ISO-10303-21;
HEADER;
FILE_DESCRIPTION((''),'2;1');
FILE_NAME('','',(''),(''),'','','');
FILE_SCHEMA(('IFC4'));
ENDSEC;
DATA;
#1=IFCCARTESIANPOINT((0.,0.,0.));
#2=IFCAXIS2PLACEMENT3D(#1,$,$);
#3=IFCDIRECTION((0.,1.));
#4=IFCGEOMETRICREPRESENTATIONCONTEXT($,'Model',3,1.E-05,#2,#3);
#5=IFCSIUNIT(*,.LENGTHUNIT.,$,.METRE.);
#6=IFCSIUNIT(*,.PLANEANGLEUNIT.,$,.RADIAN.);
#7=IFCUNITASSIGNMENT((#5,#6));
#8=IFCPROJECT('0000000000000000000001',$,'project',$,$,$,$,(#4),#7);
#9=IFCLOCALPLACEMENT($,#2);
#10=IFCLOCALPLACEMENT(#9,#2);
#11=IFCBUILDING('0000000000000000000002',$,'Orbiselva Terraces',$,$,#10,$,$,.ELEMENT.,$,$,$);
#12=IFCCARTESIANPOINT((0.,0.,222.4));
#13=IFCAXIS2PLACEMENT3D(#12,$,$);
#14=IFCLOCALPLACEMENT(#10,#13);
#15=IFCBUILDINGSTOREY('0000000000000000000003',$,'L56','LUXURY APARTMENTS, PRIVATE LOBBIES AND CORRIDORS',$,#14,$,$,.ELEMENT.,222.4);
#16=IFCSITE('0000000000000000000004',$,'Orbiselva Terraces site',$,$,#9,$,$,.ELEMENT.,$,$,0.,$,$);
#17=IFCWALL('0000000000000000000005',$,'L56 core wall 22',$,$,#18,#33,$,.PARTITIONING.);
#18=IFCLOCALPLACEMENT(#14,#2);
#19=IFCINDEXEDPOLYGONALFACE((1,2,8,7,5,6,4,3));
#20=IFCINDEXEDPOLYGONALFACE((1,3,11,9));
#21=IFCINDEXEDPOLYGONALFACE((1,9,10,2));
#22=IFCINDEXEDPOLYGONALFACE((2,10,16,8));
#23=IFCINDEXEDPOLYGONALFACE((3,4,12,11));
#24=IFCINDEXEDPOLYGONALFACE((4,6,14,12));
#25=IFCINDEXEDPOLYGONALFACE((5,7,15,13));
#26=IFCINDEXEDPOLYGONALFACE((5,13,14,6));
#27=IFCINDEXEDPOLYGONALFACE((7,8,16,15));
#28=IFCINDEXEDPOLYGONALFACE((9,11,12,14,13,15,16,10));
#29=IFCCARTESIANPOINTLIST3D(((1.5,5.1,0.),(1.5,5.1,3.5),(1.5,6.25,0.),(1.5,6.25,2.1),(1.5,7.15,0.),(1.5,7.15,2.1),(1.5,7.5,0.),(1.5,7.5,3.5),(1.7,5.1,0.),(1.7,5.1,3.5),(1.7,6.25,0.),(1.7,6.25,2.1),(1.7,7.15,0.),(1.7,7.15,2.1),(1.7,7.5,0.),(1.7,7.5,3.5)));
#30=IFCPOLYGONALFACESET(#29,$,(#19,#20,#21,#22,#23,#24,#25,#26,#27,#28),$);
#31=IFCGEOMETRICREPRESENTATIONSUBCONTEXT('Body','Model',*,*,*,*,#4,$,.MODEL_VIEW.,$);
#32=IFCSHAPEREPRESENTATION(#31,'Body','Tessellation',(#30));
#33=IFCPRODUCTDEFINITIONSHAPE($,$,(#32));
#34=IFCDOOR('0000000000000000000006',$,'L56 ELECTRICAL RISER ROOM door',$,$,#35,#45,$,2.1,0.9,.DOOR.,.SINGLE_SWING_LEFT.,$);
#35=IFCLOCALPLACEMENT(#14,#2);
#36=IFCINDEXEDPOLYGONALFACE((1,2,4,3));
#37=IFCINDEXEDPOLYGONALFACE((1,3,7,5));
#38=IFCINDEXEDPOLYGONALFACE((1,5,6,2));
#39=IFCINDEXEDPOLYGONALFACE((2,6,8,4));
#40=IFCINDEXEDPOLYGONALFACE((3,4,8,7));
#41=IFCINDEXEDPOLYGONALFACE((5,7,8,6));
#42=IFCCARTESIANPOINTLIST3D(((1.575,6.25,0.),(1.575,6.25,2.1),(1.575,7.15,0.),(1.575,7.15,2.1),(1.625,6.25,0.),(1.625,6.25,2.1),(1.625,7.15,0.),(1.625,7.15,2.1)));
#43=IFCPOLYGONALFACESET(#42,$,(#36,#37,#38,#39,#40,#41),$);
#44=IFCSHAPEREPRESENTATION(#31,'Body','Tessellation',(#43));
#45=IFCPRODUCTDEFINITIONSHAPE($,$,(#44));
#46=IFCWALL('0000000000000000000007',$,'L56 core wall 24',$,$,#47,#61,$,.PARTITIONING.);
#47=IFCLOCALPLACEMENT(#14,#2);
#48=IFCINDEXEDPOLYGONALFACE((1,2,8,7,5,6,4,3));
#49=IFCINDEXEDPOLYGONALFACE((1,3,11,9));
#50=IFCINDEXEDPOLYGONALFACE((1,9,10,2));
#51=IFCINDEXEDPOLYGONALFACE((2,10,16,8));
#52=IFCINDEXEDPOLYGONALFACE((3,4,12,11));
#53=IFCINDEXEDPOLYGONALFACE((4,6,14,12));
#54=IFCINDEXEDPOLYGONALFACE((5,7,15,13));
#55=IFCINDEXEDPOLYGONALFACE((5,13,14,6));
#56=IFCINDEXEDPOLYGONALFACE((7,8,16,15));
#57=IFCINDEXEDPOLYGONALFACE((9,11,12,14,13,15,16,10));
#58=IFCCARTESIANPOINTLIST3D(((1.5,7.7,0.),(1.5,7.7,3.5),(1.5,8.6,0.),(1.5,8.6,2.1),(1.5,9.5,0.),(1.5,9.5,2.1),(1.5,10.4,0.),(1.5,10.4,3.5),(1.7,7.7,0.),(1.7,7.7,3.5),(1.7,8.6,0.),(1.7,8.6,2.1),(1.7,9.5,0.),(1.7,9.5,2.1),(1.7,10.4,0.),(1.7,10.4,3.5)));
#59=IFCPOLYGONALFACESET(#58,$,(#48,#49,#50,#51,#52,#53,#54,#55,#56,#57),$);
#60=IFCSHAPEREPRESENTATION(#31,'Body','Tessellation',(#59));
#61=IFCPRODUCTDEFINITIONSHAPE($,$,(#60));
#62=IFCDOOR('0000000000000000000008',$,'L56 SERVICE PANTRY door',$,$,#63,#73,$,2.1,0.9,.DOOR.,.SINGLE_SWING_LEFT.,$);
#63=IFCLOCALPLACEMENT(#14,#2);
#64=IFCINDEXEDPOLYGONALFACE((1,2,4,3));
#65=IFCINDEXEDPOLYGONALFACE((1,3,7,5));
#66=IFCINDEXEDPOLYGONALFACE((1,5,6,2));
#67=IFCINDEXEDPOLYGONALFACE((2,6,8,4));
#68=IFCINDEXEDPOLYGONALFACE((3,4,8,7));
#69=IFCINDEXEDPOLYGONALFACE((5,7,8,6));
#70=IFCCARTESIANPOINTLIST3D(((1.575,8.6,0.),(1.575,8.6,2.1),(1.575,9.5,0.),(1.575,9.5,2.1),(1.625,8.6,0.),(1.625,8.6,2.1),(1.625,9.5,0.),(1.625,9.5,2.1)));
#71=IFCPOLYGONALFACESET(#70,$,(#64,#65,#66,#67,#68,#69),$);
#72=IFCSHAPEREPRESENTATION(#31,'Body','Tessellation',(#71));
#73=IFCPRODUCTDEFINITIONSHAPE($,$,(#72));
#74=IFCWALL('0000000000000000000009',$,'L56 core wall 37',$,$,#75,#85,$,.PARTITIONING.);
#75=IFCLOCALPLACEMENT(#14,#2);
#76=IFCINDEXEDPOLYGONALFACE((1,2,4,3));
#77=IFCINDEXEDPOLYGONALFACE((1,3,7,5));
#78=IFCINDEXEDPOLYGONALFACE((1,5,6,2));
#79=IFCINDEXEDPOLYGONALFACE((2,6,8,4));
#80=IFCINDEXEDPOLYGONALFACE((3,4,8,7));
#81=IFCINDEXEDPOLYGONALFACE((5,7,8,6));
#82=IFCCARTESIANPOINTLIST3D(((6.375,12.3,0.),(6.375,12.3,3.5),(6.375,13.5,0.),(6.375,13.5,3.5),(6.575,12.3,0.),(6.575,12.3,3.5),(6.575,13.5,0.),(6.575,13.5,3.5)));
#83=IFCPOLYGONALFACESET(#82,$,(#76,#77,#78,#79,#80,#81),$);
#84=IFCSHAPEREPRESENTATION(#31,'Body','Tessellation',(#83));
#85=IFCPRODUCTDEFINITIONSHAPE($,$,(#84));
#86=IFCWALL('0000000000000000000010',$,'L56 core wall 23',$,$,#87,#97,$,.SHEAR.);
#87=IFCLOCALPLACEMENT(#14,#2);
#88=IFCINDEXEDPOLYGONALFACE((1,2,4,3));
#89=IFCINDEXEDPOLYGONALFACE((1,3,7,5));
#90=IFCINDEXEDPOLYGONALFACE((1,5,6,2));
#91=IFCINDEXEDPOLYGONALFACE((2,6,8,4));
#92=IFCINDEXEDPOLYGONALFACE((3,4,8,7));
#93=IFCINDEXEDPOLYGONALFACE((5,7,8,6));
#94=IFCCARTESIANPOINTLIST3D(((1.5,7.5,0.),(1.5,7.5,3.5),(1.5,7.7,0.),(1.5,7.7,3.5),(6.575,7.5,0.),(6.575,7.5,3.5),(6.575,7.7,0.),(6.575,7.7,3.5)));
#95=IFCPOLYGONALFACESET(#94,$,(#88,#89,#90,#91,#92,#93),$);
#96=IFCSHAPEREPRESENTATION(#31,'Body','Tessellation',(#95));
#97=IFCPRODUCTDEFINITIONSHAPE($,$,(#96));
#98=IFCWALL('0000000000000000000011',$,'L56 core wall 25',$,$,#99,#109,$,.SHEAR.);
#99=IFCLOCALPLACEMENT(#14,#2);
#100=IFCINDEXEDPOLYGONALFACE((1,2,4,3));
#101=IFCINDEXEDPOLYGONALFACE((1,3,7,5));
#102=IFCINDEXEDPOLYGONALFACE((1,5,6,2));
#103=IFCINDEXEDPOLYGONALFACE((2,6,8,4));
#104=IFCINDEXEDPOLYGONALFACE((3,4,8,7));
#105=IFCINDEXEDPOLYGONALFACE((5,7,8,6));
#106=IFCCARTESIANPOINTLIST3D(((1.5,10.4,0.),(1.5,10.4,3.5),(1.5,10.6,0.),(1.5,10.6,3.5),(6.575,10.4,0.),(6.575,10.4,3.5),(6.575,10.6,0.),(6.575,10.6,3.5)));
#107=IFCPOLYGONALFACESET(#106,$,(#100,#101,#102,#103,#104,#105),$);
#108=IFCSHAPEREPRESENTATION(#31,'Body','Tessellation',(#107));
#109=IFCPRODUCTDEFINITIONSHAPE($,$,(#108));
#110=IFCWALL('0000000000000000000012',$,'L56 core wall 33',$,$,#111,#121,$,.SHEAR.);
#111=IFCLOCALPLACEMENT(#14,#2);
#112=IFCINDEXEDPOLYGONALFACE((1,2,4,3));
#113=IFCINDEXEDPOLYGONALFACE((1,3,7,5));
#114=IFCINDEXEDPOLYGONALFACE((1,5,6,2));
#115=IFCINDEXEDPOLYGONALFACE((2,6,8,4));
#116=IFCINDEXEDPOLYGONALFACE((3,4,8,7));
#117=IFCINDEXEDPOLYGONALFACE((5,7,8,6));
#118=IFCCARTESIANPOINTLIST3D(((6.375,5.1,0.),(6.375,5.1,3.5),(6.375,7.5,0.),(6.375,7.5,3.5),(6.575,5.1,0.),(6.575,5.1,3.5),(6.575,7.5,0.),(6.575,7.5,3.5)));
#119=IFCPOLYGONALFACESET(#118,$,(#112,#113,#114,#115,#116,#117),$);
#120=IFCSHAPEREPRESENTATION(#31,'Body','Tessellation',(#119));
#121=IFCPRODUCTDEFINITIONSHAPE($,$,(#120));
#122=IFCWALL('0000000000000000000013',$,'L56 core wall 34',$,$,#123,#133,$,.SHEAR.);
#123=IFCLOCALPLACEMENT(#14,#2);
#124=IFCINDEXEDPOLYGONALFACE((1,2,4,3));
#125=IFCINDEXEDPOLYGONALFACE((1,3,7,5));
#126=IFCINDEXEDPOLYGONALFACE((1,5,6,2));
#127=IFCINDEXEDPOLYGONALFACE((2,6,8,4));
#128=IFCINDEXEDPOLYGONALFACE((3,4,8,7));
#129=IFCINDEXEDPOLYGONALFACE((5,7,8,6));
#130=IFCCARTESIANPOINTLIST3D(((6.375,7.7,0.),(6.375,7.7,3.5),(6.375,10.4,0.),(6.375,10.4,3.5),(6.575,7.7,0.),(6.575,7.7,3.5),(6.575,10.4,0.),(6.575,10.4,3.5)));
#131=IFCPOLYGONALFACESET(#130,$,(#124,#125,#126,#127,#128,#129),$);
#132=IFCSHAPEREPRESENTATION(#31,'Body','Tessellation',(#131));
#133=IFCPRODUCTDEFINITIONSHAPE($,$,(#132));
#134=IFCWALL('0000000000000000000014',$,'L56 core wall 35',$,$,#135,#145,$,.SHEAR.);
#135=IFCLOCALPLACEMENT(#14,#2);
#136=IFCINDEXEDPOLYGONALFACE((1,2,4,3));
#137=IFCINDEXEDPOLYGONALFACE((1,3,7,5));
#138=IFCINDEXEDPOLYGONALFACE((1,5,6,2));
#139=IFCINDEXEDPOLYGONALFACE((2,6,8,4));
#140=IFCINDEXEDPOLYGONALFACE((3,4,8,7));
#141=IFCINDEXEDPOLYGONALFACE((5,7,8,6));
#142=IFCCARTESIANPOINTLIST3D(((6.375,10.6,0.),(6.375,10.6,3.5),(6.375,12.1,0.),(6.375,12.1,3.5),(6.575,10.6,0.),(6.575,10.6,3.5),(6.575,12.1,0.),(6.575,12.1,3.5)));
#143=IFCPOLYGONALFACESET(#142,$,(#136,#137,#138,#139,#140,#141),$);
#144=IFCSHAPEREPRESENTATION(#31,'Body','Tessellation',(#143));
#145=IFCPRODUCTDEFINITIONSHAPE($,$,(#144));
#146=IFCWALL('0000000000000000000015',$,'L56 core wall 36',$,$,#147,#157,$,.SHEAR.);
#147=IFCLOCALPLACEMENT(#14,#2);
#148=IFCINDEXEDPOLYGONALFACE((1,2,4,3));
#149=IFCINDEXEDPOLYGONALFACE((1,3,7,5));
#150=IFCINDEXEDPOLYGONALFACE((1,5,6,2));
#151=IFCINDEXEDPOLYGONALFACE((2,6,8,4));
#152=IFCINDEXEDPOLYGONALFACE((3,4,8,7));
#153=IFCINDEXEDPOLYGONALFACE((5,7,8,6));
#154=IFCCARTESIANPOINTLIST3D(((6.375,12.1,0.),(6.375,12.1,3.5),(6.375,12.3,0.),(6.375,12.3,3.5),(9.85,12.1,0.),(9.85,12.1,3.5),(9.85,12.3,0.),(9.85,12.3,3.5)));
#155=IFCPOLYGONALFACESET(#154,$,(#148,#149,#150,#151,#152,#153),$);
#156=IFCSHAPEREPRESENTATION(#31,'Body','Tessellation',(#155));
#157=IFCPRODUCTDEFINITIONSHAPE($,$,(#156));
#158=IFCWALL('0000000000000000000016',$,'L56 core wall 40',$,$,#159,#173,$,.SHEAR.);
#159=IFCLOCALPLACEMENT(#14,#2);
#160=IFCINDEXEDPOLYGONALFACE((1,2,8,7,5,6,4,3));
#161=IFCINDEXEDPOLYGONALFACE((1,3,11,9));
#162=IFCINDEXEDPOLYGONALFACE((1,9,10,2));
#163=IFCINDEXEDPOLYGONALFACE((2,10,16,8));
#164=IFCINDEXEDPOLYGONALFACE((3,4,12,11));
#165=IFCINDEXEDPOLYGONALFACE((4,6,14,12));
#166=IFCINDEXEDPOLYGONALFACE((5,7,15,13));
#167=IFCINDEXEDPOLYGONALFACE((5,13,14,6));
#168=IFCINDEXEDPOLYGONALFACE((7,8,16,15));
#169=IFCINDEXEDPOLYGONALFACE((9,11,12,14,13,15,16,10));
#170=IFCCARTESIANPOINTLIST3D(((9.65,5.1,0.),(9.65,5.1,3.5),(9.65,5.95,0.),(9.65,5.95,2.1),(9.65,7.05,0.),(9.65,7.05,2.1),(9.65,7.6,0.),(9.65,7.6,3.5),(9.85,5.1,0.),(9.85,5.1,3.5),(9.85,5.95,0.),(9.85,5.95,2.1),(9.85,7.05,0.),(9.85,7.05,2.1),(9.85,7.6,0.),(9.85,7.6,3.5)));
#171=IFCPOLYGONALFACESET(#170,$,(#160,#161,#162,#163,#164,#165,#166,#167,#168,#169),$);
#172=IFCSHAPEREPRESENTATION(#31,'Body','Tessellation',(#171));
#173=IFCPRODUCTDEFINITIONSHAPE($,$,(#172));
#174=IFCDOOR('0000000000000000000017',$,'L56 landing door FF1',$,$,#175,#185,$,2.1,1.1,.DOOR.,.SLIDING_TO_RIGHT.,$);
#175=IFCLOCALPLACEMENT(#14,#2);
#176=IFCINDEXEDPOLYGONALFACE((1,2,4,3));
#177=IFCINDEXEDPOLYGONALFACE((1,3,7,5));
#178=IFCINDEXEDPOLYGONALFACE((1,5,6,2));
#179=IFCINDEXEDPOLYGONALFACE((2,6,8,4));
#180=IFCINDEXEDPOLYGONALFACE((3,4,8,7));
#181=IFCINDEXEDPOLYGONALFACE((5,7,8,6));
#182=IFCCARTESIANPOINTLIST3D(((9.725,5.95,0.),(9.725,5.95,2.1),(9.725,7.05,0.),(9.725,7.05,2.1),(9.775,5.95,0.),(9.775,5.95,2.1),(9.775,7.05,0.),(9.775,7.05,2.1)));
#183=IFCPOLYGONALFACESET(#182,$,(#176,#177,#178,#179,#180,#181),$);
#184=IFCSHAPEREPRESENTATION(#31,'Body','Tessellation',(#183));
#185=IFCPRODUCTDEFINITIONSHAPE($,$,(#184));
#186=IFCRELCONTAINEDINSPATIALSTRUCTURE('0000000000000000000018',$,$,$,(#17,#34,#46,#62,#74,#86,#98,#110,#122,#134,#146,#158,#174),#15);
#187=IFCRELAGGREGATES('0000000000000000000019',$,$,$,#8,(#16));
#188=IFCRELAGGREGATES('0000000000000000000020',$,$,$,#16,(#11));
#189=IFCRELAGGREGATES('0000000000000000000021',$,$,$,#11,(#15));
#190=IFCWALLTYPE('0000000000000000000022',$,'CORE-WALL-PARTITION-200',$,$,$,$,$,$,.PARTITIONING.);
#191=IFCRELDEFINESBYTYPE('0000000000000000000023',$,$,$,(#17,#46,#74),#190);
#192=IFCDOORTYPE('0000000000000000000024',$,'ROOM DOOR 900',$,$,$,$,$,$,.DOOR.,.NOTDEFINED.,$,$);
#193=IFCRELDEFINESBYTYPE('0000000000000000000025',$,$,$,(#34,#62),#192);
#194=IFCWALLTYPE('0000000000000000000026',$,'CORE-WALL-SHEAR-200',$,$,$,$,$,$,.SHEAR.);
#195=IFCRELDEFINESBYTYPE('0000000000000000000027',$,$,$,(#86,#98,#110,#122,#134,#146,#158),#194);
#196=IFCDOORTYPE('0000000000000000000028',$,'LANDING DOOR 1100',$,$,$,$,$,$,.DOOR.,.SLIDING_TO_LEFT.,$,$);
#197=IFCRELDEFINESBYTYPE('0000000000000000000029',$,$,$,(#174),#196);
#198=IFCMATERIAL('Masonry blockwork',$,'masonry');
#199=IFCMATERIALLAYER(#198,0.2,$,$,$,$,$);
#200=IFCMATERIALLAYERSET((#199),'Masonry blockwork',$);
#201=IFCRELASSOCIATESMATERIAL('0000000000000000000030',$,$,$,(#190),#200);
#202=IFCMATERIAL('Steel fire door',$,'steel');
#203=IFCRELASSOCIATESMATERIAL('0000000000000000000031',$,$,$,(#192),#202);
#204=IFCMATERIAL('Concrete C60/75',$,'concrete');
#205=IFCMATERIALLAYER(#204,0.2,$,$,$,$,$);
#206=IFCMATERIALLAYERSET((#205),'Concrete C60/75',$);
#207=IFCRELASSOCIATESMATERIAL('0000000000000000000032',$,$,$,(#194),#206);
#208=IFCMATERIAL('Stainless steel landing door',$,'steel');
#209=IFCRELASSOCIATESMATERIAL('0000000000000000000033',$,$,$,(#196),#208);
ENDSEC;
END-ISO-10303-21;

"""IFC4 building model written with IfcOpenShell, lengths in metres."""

from ifc_helpers import new_model, si_unit, direction, frame, frame_2d, origin, place, context, subcontext, project, spatial, rectangle, extrude, material, layer, layer_set, type_object, element, fill, save


model = new_model("IFC4")

# Units and contexts
model_context = context("Model", 3, precision=1e-05, world=origin(), true_north=direction((0.0, 1.0)))
body_context = subcontext(model_context, "Body", "Model", "MODEL_VIEW")
ifc_project = project(units=[si_unit("LENGTHUNIT", "METRE"), si_unit("PLANEANGLEUNIT", "RADIAN")], contexts=[model_context])

# Site, building, storey
site_placement = place(None, origin())
site = spatial("IfcSite", under=ifc_project, at=site_placement, Name="Orbiselva Terraces site", CompositionType="ELEMENT", RefElevation=0.0)
building_placement = place(site_placement, origin())
building = spatial("IfcBuilding", under=site, at=building_placement, Name="Orbiselva Terraces", CompositionType="ELEMENT")
storey_placement = place(building_placement, frame((0.0, 0.0, 222.4)))
storey = spatial("IfcBuildingStorey", under=building, at=storey_placement, Name="L56", Description="LUXURY APARTMENTS, PRIVATE LOBBIES AND CORRIDORS", CompositionType="ELEMENT", Elevation=222.4)

# Walls, openings, doors
ifc_material_1 = material(Name="Masonry blockwork", Category="masonry")
ifc_layer_1 = layer(ifc_material_1, 0.2)
ifc_layer_set_1 = layer_set([ifc_layer_1], Name="Masonry blockwork")
wall_type_1 = type_object("IfcWallType", Name="CORE-WALL-PARTITION-200", PredefinedType="PARTITIONING", material=ifc_layer_set_1)
wall_1_placement = place(storey_placement, frame((1.6, 7.5, 0.0), z_axis=(0.0, 0.0, 1.0), x_axis=(0.0, -1.0, 0.0)))
wall_1 = element("IfcWall", 1, at=wall_1_placement, inside=storey, type_object=wall_type_1, Name="L56 core wall 22", PredefinedType="PARTITIONING", context=body_context, shape_type="SweptSolid", body=[
    extrude(rectangle(XDim=2.4, YDim=0.2, at=frame_2d((1.2, 0.0))), origin(), (0.0, 0.0, 1.0), 3.5),
])
opening_1_placement = place(wall_1_placement, frame((0.35, 0.0, 0.0)))
opening_1 = element("IfcOpeningElement", 2, at=opening_1_placement, cuts=wall_1, PredefinedType="OPENING", context=body_context, shape_type="SweptSolid", body=[
    extrude(rectangle(XDim=0.9, YDim=2.1, at=frame_2d((0.45, 1.05))), frame((0.0, 0.11, 0.0), z_axis=(0.0, -1.0, 0.0), x_axis=(1.0, 0.0, 0.0)), (0.0, 0.0, 1.0), 0.22),
])
ifc_material_2 = material(Name="Steel fire door", Category="steel")
door_type_1 = type_object("IfcDoorType", Name="ROOM DOOR 900", OperationType="NOTDEFINED", PredefinedType="DOOR", material=ifc_material_2)
door_1_placement = place(opening_1_placement, origin())
door_1 = element("IfcDoor", 3, at=door_1_placement, inside=storey, type_object=door_type_1, Name="L56 ELECTRICAL RISER ROOM door", OperationType="SINGLE_SWING_LEFT", OverallHeight=2.1, OverallWidth=0.9, PredefinedType="DOOR", context=body_context, shape_type="SweptSolid", body=[
    extrude(rectangle(XDim=0.9, YDim=2.1, at=frame_2d((0.45, 1.05))), frame((0.0, 0.025, 0.0), z_axis=(0.0, -1.0, 0.0), x_axis=(1.0, 0.0, 0.0)), (0.0, 0.0, 1.0), 0.05),
])
fill(opening_1, door_1)
wall_2_placement = place(storey_placement, frame((1.6, 10.4, 0.0), z_axis=(0.0, 0.0, 1.0), x_axis=(0.0, -1.0, 0.0)))
wall_2 = element("IfcWall", 4, at=wall_2_placement, inside=storey, type_object=wall_type_1, Name="L56 core wall 24", PredefinedType="PARTITIONING", context=body_context, shape_type="SweptSolid", body=[
    extrude(rectangle(XDim=2.7, YDim=0.2, at=frame_2d((1.35, 0.0))), origin(), (0.0, 0.0, 1.0), 3.5),
])
opening_2_placement = place(wall_2_placement, frame((0.9, 0.0, 0.0)))
opening_2 = element("IfcOpeningElement", 5, at=opening_2_placement, cuts=wall_2, PredefinedType="OPENING", context=body_context, shape_type="SweptSolid", body=[
    extrude(rectangle(XDim=0.9, YDim=2.1, at=frame_2d((0.45, 1.05))), frame((0.0, 0.11, 0.0), z_axis=(0.0, -1.0, 0.0), x_axis=(1.0, 0.0, 0.0)), (0.0, 0.0, 1.0), 0.22),
])
door_2_placement = place(opening_2_placement, origin())
door_2 = element("IfcDoor", 6, at=door_2_placement, inside=storey, type_object=door_type_1, Name="L56 SERVICE PANTRY door", OperationType="SINGLE_SWING_LEFT", OverallHeight=2.1, OverallWidth=0.9, PredefinedType="DOOR", context=body_context, shape_type="SweptSolid", body=[
    extrude(rectangle(XDim=0.9, YDim=2.1, at=frame_2d((0.45, 1.05))), frame((0.0, 0.025, 0.0), z_axis=(0.0, -1.0, 0.0), x_axis=(1.0, 0.0, 0.0)), (0.0, 0.0, 1.0), 0.05),
])
fill(opening_2, door_2)

# Walls
wall_3_placement = place(storey_placement, frame((6.475, 12.3, 0.0), z_axis=(0.0, 0.0, 1.0), x_axis=(0.0, 1.0, 0.0)))
element("IfcWall", 7, at=wall_3_placement, inside=storey, type_object=wall_type_1, Name="L56 core wall 37", PredefinedType="PARTITIONING", context=body_context, shape_type="SweptSolid", body=[
    extrude(rectangle(XDim=1.2, YDim=0.2, at=frame_2d((0.6, 0.0))), origin(), (0.0, 0.0, 1.0), 3.5),
])
ifc_material_3 = material(Name="Concrete C60/75", Category="concrete")
ifc_layer_2 = layer(ifc_material_3, 0.2)
ifc_layer_set_2 = layer_set([ifc_layer_2], Name="Concrete C60/75")
wall_type_2 = type_object("IfcWallType", Name="CORE-WALL-SHEAR-200", PredefinedType="SHEAR", material=ifc_layer_set_2)
for number, where, z_axis, x_axis, name in (
    (8, (1.5, 7.6, 0.0), (0.0, 0.0, 1.0), (1.0, 0.0, 0.0), "L56 core wall 23"),
    (9, (1.5, 10.5, 0.0), (0.0, 0.0, 1.0), (1.0, 0.0, 0.0), "L56 core wall 25"),
):
    element("IfcWall", number, at=place(storey_placement, frame(where, z_axis=z_axis, x_axis=x_axis)), inside=storey, type_object=wall_type_2, Name=name, PredefinedType="SHEAR", context=body_context, shape_type="SweptSolid", body=[
        extrude(rectangle(XDim=5.075, YDim=0.2, at=frame_2d((2.5375, 0.0))), origin(), (0.0, 0.0, 1.0), 3.5),
    ])
wall_4_placement = place(storey_placement, frame((6.475, 5.1, 0.0), z_axis=(0.0, 0.0, 1.0), x_axis=(0.0, 1.0, 0.0)))
element("IfcWall", 10, at=wall_4_placement, inside=storey, type_object=wall_type_2, Name="L56 core wall 33", PredefinedType="SHEAR", context=body_context, shape_type="SweptSolid", body=[
    extrude(rectangle(XDim=2.4, YDim=0.2, at=frame_2d((1.2, 0.0))), origin(), (0.0, 0.0, 1.0), 3.5),
])
wall_5_placement = place(storey_placement, frame((6.475, 7.7, 0.0), z_axis=(0.0, 0.0, 1.0), x_axis=(0.0, 1.0, 0.0)))
element("IfcWall", 11, at=wall_5_placement, inside=storey, type_object=wall_type_2, Name="L56 core wall 34", PredefinedType="SHEAR", context=body_context, shape_type="SweptSolid", body=[
    extrude(rectangle(XDim=2.7, YDim=0.2, at=frame_2d((1.35, 0.0))), origin(), (0.0, 0.0, 1.0), 3.5),
])
wall_6_placement = place(storey_placement, frame((6.475, 10.6, 0.0), z_axis=(0.0, 0.0, 1.0), x_axis=(0.0, 1.0, 0.0)))
element("IfcWall", 12, at=wall_6_placement, inside=storey, type_object=wall_type_2, Name="L56 core wall 35", PredefinedType="SHEAR", context=body_context, shape_type="SweptSolid", body=[
    extrude(rectangle(XDim=1.5, YDim=0.2, at=frame_2d((0.75, 0.0))), origin(), (0.0, 0.0, 1.0), 3.5),
])
wall_7_placement = place(storey_placement, frame((6.375, 12.2, 0.0), z_axis=(0.0, 0.0, 1.0), x_axis=(1.0, 0.0, 0.0)))
element("IfcWall", 13, at=wall_7_placement, inside=storey, type_object=wall_type_2, Name="L56 core wall 36", PredefinedType="SHEAR", context=body_context, shape_type="SweptSolid", body=[
    extrude(rectangle(XDim=3.475, YDim=0.2, at=frame_2d((1.7375, 0.0))), origin(), (0.0, 0.0, 1.0), 3.5),
])

# Wall, opening, door
wall_8_placement = place(storey_placement, frame((9.75, 5.1, 0.0), z_axis=(0.0, 0.0, 1.0), x_axis=(0.0, 1.0, 0.0)))
wall_8 = element("IfcWall", 14, at=wall_8_placement, inside=storey, type_object=wall_type_2, Name="L56 core wall 40", PredefinedType="SHEAR", context=body_context, shape_type="SweptSolid", body=[
    extrude(rectangle(XDim=2.5, YDim=0.2, at=frame_2d((1.25, 0.0))), origin(), (0.0, 0.0, 1.0), 3.5),
])
opening_3_placement = place(wall_8_placement, frame((0.85, 0.0, 0.0)))
opening_3 = element("IfcOpeningElement", 15, at=opening_3_placement, cuts=wall_8, PredefinedType="OPENING", context=body_context, shape_type="SweptSolid", body=[
    extrude(rectangle(XDim=1.1, YDim=2.1, at=frame_2d((0.55, 1.05))), frame((0.0, 0.11, 0.0), z_axis=(0.0, -1.0, 0.0), x_axis=(1.0, 0.0, 0.0)), (0.0, 0.0, 1.0), 0.22),
])
ifc_material_4 = material(Name="Stainless steel landing door", Category="steel")
door_type_2 = type_object("IfcDoorType", Name="LANDING DOOR 1100", OperationType="SLIDING_TO_LEFT", PredefinedType="DOOR", material=ifc_material_4)
door_3_placement = place(opening_3_placement, origin())
door_3 = element("IfcDoor", 16, at=door_3_placement, inside=storey, type_object=door_type_2, Name="L56 landing door FF1", OperationType="SLIDING_TO_RIGHT", OverallHeight=2.1, OverallWidth=1.1, PredefinedType="DOOR", context=body_context, shape_type="SweptSolid", body=[
    extrude(rectangle(XDim=1.1, YDim=2.1, at=frame_2d((0.55, 1.05))), frame((0.0, 0.025, 0.0), z_axis=(0.0, -1.0, 0.0), x_axis=(1.0, 0.0, 0.0)), (0.0, 0.0, 1.0), 0.05),
])
fill(opening_3, door_3)

save(model, "model.ifc")
